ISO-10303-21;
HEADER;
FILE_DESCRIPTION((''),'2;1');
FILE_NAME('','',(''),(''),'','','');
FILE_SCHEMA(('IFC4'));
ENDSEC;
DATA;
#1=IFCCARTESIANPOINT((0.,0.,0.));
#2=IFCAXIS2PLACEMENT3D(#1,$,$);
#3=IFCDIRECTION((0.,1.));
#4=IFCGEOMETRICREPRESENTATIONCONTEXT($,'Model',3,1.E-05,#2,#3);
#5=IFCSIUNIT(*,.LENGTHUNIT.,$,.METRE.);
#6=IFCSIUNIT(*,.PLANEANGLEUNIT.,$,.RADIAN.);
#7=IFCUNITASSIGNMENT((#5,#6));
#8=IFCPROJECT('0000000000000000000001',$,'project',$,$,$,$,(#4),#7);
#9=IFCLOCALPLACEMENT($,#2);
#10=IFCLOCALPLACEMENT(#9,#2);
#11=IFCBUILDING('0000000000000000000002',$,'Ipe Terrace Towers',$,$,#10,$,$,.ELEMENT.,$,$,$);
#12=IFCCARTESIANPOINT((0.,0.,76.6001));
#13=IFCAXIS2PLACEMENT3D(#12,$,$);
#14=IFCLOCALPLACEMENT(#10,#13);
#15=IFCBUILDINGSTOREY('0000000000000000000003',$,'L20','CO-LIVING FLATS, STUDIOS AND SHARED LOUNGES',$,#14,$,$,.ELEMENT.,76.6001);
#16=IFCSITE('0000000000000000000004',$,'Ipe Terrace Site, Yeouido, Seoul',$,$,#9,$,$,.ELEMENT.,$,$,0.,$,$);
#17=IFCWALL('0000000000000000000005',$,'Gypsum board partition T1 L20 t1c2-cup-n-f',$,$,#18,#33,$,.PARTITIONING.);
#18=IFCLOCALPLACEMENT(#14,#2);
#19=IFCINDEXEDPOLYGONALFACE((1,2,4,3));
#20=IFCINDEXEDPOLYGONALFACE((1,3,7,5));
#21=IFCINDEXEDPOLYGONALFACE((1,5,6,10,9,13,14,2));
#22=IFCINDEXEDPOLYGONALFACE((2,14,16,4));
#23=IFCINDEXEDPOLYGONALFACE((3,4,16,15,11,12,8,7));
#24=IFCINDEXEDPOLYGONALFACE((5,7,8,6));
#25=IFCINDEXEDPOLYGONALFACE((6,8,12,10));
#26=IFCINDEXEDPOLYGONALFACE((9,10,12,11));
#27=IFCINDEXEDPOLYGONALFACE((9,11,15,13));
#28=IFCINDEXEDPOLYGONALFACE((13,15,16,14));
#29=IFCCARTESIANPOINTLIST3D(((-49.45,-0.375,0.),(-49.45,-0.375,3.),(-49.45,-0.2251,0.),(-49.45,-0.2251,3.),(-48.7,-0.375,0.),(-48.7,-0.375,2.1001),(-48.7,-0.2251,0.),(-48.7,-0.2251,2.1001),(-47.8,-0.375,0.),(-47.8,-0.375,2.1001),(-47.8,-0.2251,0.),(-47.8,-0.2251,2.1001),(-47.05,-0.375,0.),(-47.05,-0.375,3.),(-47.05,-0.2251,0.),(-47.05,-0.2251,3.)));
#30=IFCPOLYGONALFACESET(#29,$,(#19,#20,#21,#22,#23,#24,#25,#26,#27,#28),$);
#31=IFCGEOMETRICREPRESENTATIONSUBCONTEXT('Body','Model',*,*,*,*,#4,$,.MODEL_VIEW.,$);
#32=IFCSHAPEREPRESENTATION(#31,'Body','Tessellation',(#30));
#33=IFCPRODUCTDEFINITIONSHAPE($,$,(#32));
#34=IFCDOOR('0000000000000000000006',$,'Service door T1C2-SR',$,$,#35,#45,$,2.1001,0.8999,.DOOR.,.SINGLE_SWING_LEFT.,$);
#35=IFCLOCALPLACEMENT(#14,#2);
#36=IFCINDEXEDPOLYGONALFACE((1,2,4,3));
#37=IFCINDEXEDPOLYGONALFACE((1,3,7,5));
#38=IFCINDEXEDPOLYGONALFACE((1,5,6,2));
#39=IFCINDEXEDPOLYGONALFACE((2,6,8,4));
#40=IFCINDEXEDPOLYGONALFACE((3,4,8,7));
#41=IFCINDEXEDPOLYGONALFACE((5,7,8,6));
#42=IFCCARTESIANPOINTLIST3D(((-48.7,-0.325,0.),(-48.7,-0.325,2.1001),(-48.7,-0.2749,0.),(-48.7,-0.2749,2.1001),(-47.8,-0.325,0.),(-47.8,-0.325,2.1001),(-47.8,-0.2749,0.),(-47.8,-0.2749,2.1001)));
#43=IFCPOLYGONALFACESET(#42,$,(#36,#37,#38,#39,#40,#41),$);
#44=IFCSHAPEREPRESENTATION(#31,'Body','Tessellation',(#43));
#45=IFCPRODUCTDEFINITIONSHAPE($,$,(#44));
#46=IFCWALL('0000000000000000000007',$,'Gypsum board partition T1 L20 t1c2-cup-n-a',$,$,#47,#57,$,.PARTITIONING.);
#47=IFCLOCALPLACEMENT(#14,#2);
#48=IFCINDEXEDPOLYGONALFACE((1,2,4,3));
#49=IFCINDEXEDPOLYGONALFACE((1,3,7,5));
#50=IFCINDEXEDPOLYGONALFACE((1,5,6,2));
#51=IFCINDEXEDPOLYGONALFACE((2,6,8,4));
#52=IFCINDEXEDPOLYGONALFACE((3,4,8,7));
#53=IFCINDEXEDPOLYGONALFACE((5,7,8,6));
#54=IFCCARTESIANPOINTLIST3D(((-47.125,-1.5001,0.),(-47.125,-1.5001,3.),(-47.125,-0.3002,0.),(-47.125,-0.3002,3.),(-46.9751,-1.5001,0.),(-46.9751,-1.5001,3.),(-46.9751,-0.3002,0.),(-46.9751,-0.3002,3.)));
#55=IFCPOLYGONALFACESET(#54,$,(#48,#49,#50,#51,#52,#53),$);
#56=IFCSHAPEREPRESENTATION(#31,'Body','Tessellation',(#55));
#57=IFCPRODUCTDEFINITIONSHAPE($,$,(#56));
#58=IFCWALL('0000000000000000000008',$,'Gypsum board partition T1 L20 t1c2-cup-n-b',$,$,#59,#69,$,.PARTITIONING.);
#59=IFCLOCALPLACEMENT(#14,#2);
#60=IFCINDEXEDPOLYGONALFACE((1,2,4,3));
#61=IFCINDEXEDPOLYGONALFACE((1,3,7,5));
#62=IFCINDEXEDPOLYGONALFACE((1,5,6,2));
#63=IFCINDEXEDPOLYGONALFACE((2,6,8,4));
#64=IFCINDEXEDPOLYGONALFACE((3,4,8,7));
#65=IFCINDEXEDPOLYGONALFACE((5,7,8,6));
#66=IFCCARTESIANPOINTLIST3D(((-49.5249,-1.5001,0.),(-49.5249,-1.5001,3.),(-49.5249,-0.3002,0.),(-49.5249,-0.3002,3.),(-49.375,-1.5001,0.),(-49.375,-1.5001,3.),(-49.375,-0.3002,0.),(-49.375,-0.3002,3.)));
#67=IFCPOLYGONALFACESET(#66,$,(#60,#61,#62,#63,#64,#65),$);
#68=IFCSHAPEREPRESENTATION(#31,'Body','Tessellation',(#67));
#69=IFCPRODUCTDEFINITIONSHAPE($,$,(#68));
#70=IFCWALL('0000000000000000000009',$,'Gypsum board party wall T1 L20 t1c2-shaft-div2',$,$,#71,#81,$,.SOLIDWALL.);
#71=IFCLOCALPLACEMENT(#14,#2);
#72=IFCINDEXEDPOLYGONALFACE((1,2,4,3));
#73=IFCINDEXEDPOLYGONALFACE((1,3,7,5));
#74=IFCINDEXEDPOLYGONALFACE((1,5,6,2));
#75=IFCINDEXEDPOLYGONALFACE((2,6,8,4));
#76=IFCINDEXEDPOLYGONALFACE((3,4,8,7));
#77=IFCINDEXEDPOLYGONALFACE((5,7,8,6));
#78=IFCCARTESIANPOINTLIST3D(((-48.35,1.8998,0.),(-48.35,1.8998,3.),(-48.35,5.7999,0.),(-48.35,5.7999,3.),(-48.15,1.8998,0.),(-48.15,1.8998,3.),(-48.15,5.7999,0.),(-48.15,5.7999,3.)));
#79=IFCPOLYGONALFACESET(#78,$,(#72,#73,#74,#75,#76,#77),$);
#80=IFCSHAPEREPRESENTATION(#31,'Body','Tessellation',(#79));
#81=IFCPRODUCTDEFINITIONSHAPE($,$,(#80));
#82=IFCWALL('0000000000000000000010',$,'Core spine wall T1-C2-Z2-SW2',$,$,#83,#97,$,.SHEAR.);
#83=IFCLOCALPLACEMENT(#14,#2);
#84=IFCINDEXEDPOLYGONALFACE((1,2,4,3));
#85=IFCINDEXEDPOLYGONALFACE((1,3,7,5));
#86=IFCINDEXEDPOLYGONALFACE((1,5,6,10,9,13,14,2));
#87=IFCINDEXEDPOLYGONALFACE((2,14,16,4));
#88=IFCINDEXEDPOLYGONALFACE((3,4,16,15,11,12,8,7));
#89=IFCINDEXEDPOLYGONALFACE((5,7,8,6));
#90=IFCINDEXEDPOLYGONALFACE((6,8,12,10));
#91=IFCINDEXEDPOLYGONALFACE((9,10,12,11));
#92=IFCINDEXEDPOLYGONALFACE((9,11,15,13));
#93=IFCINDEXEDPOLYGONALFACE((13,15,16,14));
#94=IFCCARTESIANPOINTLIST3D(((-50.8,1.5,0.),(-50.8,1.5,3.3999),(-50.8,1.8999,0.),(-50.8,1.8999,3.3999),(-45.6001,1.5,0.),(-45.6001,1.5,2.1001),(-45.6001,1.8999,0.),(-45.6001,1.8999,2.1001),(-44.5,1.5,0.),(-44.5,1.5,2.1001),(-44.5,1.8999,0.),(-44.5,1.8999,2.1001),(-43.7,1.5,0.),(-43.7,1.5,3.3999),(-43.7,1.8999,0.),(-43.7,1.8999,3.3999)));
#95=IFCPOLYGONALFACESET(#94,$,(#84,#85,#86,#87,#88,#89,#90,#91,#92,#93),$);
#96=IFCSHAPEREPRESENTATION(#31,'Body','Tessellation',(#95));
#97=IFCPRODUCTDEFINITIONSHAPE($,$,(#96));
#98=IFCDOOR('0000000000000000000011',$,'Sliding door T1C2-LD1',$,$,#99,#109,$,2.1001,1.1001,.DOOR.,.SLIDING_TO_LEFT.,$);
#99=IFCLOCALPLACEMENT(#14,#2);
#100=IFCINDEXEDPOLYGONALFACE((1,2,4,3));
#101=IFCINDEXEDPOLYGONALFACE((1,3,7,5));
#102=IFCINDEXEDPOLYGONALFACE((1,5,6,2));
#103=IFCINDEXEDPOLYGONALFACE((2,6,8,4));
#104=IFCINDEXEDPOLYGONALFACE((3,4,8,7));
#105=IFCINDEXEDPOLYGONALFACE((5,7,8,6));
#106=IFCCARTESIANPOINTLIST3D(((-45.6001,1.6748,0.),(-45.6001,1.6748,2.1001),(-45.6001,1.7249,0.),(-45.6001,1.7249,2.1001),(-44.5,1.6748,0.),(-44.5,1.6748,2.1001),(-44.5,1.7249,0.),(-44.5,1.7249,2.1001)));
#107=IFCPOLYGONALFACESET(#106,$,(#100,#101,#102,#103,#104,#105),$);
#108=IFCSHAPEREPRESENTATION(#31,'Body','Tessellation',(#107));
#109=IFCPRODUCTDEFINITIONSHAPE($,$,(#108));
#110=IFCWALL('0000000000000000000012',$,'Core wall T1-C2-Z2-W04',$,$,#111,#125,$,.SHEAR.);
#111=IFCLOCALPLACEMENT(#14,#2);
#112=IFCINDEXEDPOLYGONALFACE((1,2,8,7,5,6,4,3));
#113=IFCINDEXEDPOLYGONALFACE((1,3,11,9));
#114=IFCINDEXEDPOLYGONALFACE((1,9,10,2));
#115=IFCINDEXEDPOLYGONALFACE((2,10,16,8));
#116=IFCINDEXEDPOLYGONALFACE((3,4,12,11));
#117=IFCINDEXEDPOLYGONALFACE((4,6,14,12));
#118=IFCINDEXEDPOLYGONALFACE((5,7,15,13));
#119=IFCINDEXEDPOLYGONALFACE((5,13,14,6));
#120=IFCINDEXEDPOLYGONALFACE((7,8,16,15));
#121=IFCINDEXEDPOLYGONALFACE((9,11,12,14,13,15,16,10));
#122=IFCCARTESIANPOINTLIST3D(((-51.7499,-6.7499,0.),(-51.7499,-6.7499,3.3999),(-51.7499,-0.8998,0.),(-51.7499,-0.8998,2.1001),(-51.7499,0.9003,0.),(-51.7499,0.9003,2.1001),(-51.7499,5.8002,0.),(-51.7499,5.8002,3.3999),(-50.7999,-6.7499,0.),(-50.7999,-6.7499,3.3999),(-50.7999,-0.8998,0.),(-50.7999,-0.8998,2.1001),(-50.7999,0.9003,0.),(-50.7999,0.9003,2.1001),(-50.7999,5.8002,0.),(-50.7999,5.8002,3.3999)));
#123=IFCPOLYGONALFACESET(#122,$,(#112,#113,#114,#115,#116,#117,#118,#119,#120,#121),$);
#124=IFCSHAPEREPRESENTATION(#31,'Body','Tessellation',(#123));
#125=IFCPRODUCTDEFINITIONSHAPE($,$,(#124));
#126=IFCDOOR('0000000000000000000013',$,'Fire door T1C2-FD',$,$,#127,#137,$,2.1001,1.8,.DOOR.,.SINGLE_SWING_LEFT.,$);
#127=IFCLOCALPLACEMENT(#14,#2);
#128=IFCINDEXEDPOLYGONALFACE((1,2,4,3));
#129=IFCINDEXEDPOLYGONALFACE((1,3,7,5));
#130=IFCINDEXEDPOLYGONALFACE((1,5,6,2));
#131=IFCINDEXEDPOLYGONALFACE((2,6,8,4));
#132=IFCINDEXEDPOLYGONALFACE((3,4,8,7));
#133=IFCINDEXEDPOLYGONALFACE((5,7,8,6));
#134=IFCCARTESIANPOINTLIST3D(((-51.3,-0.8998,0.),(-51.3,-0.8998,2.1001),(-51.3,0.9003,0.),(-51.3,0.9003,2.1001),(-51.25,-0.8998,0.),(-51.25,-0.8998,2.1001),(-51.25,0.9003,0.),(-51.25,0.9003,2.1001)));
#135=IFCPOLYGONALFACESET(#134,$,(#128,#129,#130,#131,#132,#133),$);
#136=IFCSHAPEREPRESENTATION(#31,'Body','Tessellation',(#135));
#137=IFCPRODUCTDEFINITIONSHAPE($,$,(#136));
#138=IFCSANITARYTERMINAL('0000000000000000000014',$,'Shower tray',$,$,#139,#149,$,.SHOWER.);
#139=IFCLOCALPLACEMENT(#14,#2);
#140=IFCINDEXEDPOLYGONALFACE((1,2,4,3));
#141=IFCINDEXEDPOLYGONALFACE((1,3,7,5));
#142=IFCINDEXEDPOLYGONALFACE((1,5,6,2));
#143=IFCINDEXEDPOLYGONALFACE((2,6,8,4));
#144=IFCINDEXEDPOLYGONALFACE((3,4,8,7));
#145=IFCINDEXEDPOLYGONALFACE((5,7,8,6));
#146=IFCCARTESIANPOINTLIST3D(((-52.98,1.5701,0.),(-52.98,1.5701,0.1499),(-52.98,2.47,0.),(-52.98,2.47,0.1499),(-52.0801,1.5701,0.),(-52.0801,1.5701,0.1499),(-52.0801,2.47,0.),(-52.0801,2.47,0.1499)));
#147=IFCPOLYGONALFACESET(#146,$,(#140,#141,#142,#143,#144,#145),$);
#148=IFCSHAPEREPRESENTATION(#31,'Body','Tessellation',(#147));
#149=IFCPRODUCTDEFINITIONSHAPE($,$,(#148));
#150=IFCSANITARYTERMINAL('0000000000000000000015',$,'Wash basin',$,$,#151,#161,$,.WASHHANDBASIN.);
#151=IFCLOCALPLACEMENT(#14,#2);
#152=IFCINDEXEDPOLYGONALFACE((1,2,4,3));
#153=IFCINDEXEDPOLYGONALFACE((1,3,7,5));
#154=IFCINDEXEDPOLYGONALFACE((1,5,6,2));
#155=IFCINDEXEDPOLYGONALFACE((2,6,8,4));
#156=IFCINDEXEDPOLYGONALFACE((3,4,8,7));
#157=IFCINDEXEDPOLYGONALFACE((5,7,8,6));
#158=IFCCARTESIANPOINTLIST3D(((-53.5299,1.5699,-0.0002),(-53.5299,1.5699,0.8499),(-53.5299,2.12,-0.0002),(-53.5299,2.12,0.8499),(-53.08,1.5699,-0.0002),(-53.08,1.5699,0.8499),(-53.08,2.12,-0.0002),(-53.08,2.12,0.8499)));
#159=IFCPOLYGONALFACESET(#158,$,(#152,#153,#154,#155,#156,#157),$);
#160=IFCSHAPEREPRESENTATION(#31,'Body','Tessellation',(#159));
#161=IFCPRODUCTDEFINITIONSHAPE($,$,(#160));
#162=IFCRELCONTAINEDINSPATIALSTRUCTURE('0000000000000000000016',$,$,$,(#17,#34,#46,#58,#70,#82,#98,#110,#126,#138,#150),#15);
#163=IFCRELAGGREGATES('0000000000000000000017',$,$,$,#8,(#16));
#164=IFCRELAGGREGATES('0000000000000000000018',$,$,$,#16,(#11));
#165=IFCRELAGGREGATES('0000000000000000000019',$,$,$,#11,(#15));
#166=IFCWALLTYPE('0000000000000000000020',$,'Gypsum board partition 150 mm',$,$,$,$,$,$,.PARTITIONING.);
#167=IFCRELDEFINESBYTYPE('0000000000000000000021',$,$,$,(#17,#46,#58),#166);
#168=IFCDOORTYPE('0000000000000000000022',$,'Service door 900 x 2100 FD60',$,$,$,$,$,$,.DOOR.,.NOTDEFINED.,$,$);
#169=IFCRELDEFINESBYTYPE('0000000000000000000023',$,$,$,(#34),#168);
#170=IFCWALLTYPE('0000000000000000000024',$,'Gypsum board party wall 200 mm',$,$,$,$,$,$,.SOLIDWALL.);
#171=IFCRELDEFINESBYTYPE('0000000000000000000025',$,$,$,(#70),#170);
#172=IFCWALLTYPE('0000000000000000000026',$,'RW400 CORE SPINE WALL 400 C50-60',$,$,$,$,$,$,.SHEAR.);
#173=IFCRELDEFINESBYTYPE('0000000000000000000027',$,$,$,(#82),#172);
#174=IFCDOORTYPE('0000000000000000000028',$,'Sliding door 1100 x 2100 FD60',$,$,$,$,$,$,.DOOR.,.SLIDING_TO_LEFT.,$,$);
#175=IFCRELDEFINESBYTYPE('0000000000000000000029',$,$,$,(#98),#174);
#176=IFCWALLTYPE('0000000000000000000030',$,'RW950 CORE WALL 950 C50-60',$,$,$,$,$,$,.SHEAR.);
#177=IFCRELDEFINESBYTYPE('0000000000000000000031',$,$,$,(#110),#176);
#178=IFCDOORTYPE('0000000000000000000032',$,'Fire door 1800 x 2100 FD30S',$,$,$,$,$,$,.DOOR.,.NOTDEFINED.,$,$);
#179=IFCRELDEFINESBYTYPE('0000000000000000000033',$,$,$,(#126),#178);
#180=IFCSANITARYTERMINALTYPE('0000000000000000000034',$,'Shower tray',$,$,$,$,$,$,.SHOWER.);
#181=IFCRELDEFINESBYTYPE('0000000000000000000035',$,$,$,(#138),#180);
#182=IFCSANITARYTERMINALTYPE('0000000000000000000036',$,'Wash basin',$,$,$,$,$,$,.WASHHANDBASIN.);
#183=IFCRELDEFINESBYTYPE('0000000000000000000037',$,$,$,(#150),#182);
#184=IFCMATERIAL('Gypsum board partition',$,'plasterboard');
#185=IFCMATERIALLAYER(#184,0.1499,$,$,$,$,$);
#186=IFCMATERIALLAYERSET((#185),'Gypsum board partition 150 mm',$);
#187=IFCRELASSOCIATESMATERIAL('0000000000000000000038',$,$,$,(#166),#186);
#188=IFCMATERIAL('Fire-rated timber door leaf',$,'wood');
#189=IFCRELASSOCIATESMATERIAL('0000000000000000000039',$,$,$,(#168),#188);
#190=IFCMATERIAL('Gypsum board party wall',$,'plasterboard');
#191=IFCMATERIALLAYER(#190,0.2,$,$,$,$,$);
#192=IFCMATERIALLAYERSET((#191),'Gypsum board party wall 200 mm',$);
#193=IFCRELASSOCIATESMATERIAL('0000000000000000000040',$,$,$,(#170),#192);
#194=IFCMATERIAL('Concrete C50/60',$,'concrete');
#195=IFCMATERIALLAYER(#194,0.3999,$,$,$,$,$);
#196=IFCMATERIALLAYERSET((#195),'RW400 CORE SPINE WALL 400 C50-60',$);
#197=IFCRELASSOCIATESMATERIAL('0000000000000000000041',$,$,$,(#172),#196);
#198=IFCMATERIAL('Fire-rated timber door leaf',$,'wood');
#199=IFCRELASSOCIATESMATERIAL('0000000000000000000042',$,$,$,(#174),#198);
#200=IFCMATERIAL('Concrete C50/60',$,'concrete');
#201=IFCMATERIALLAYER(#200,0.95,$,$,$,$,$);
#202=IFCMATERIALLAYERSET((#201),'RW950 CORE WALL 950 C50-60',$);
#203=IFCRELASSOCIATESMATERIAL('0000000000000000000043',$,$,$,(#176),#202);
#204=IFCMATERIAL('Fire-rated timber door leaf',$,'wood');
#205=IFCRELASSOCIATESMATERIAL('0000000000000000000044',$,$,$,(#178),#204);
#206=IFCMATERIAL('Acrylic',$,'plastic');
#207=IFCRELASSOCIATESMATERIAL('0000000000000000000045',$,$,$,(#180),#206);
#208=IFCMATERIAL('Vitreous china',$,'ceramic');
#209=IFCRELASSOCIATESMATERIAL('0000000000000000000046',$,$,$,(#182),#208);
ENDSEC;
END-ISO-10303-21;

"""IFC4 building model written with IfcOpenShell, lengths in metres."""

from ifc_helpers import new_model, si_unit, direction, frame, frame_2d, origin, origin_2d, place, context, subcontext, project, spatial, rectangle, extrude, material, layer, layer_set, type_object, element, fill, save


model = new_model("IFC4")

# Units and contexts
model_context = context("Model", 3, precision=1e-05, world=origin(), true_north=direction((0.0, 1.0)))
body_context = subcontext(model_context, "Body", "Model", "MODEL_VIEW")
ifc_project = project(units=[si_unit("LENGTHUNIT", "METRE"), si_unit("PLANEANGLEUNIT", "RADIAN")], contexts=[model_context])

# Site, building, storey
site_placement = place(None, origin())
site = spatial("IfcSite", under=ifc_project, at=site_placement, Name="Ipe Terrace Site, Yeouido, Seoul", CompositionType="ELEMENT", RefElevation=0.0)
building_placement = place(site_placement, origin())
building = spatial("IfcBuilding", under=site, at=building_placement, Name="Ipe Terrace Towers", CompositionType="ELEMENT")
storey_placement = place(building_placement, frame((0.0, 0.0, 76.6001)))
storey = spatial("IfcBuildingStorey", under=building, at=storey_placement, Name="L20", Description="CO-LIVING FLATS, STUDIOS AND SHARED LOUNGES", CompositionType="ELEMENT", Elevation=76.6001)

# Wall, opening, door
ifc_material_1 = material(Name="Gypsum board partition", Category="plasterboard")
ifc_layer_1 = layer(ifc_material_1, 0.1499)
ifc_layer_set_1 = layer_set([ifc_layer_1], Name="Gypsum board partition 150 mm")
wall_type_1 = type_object("IfcWallType", Name="Gypsum board partition 150 mm", PredefinedType="PARTITIONING", material=ifc_layer_set_1)
wall_1_placement = place(storey_placement, frame((-47.05, -0.3, 0.0), z_axis=(0.0, 0.0, 1.0), x_axis=(-1.0, 0.0, 0.0)))
wall_1 = element("IfcWall", 1, at=wall_1_placement, inside=storey, type_object=wall_type_1, Name="Gypsum board partition T1 L20 t1c2-cup-n-f", PredefinedType="PARTITIONING", context=body_context, shape_type="SweptSolid", body=[
    extrude(rectangle(XDim=2.3999, YDim=0.1499, at=frame_2d((1.2, 0.0))), origin(), (0.0, 0.0, 1.0), 3.0),
])
opening_1_placement = place(wall_1_placement, frame((0.75, 0.0, 0.0)))
opening_1 = element("IfcOpeningElement", 2, at=opening_1_placement, cuts=wall_1, PredefinedType="OPENING", context=body_context, shape_type="SweptSolid", body=[
    extrude(rectangle(XDim=0.8999, YDim=2.1001, at=frame_2d((0.45, 1.05))), frame((0.0, 0.085, 0.0), z_axis=(0.0, -1.0, 0.0), x_axis=(1.0, 0.0, 0.0)), (0.0, 0.0, 1.0), 0.1699),
])
ifc_material_2 = material(Name="Fire-rated timber door leaf", Category="wood")
door_type_1 = type_object("IfcDoorType", Name="Service door 900 x 2100 FD60", OperationType="NOTDEFINED", PredefinedType="DOOR", material=ifc_material_2)
door_1_placement = place(opening_1_placement, origin())
door_1 = element("IfcDoor", 3, at=door_1_placement, inside=storey, type_object=door_type_1, Name="Service door T1C2-SR", OperationType="SINGLE_SWING_LEFT", OverallHeight=2.1001, OverallWidth=0.8999, PredefinedType="DOOR", context=body_context, shape_type="SweptSolid", body=[
    extrude(rectangle(XDim=0.8999, YDim=2.1001, at=frame_2d((0.45, 1.05))), frame((0.0, 0.0249, 0.0), z_axis=(0.0, -1.0, 0.0), x_axis=(1.0, 0.0, 0.0)), (0.0, 0.0, 1.0), 0.05),
])
fill(opening_1, door_1)

# Walls
for number, where, z_axis, x_axis, name in (
    (4, (-47.05, -0.3, 0.0), (0.0, 0.0, 1.0), (0.0, -1.0, 0.0), "Gypsum board partition T1 L20 t1c2-cup-n-a"),
    (5, (-49.45, -0.3, 0.0), (0.0, 0.0, 1.0), (0.0, -1.0, 0.0), "Gypsum board partition T1 L20 t1c2-cup-n-b"),
):
    element("IfcWall", number, at=place(storey_placement, frame(where, z_axis=z_axis, x_axis=x_axis)), inside=storey, type_object=wall_type_1, Name=name, PredefinedType="PARTITIONING", context=body_context, shape_type="SweptSolid", body=[
        extrude(rectangle(XDim=1.2, YDim=0.1499, at=frame_2d((0.6001, 0.0))), origin(), (0.0, 0.0, 1.0), 3.0),
    ])
ifc_material_3 = material(Name="Gypsum board party wall", Category="plasterboard")
ifc_layer_2 = layer(ifc_material_3, 0.2)
ifc_layer_set_2 = layer_set([ifc_layer_2], Name="Gypsum board party wall 200 mm")
wall_type_2 = type_object("IfcWallType", Name="Gypsum board party wall 200 mm", PredefinedType="SOLIDWALL", material=ifc_layer_set_2)
wall_2_placement = place(storey_placement, frame((-48.25, 5.8, 0.0), z_axis=(0.0, 0.0, 1.0), x_axis=(0.0, -1.0, 0.0)))
element("IfcWall", 6, at=wall_2_placement, inside=storey, type_object=wall_type_2, Name="Gypsum board party wall T1 L20 t1c2-shaft-div2", PredefinedType="SOLIDWALL", context=body_context, shape_type="SweptSolid", body=[
    extrude(rectangle(XDim=3.9001, YDim=0.2, at=frame_2d((1.9502, 0.0))), origin(), (0.0, 0.0, 1.0), 3.0),
])

# Walls, openings, doors
ifc_material_4 = material(Name="Concrete C50/60", Category="concrete")
ifc_layer_3 = layer(ifc_material_4, 0.3999)
ifc_layer_set_3 = layer_set([ifc_layer_3], Name="RW400 CORE SPINE WALL 400 C50-60")
wall_type_3 = type_object("IfcWallType", Name="RW400 CORE SPINE WALL 400 C50-60", PredefinedType="SHEAR", material=ifc_layer_set_3)
wall_3_placement = place(storey_placement, frame((-50.8, 1.7, 0.0), z_axis=(0.0, 0.0, 1.0), x_axis=(1.0, 0.0, 0.0)))
wall_3 = element("IfcWall", 7, at=wall_3_placement, inside=storey, type_object=wall_type_3, Name="Core spine wall T1-C2-Z2-SW2", PredefinedType="SHEAR", context=body_context, shape_type="SweptSolid", body=[
    extrude(rectangle(XDim=7.1001, YDim=0.3999, at=frame_2d((3.55, 0.0))), origin(), (0.0, 0.0, 1.0), 3.3999),
])
opening_2_placement = place(wall_3_placement, frame((5.2, 0.0, 0.0)))
opening_2 = element("IfcOpeningElement", 8, at=opening_2_placement, cuts=wall_3, PredefinedType="OPENING", context=body_context, shape_type="SweptSolid", body=[
    extrude(rectangle(XDim=1.1001, YDim=2.1001, at=frame_2d((0.55, 1.05))), frame((0.0, 0.21, 0.0), z_axis=(0.0, -1.0, 0.0), x_axis=(1.0, 0.0, 0.0)), (0.0, 0.0, 1.0), 0.4199),
])
ifc_material_5 = material(Name="Fire-rated timber door leaf", Category="wood")
door_type_2 = type_object("IfcDoorType", Name="Sliding door 1100 x 2100 FD60", OperationType="SLIDING_TO_LEFT", PredefinedType="DOOR", material=ifc_material_5)
door_2_placement = place(opening_2_placement, origin())
door_2 = element("IfcDoor", 9, at=door_2_placement, inside=storey, type_object=door_type_2, Name="Sliding door T1C2-LD1", OperationType="SLIDING_TO_LEFT", OverallHeight=2.1001, OverallWidth=1.1001, PredefinedType="DOOR", context=body_context, shape_type="SweptSolid", body=[
    extrude(rectangle(XDim=1.1001, YDim=2.1001, at=frame_2d((0.55, 1.05))), frame((0.0, 0.0249, 0.0), z_axis=(0.0, -1.0, 0.0), x_axis=(1.0, 0.0, 0.0)), (0.0, 0.0, 1.0), 0.05),
])
fill(opening_2, door_2)
ifc_material_6 = material(Name="Concrete C50/60", Category="concrete")
ifc_layer_4 = layer(ifc_material_6, 0.95)
ifc_layer_set_4 = layer_set([ifc_layer_4], Name="RW950 CORE WALL 950 C50-60")
wall_type_4 = type_object("IfcWallType", Name="RW950 CORE WALL 950 C50-60", PredefinedType="SHEAR", material=ifc_layer_set_4)
wall_4_placement = place(storey_placement, frame((-51.2749, 5.8, 0.0), z_axis=(0.0, 0.0, 1.0), x_axis=(0.0, -1.0, 0.0)))
wall_4 = element("IfcWall", 10, at=wall_4_placement, inside=storey, type_object=wall_type_4, Name="Core wall T1-C2-Z2-W04", PredefinedType="SHEAR", context=body_context, shape_type="SweptSolid", body=[
    extrude(rectangle(XDim=12.55, YDim=0.95, at=frame_2d((6.2749, 0.0))), origin(), (0.0, 0.0, 1.0), 3.3999),
])
opening_3_placement = place(wall_4_placement, frame((4.8999, 0.0, 0.0)))
opening_3 = element("IfcOpeningElement", 11, at=opening_3_placement, cuts=wall_4, PredefinedType="OPENING", context=body_context, shape_type="SweptSolid", body=[
    extrude(rectangle(XDim=1.8, YDim=2.1001, at=frame_2d((0.8999, 1.05))), frame((0.0, 0.4849, 0.0), z_axis=(0.0, -1.0, 0.0), x_axis=(1.0, 0.0, 0.0)), (0.0, 0.0, 1.0), 0.97),
])
ifc_material_7 = material(Name="Fire-rated timber door leaf", Category="wood")
door_type_3 = type_object("IfcDoorType", Name="Fire door 1800 x 2100 FD30S", OperationType="NOTDEFINED", PredefinedType="DOOR", material=ifc_material_7)
door_3_placement = place(opening_3_placement, origin())
door_3 = element("IfcDoor", 12, at=door_3_placement, inside=storey, type_object=door_type_3, Name="Fire door T1C2-FD", OperationType="SINGLE_SWING_LEFT", OverallHeight=2.1001, OverallWidth=1.8, PredefinedType="DOOR", context=body_context, shape_type="SweptSolid", body=[
    extrude(rectangle(XDim=1.8, YDim=2.1001, at=frame_2d((0.8999, 1.05))), frame((0.0, 0.0249, 0.0), z_axis=(0.0, -1.0, 0.0), x_axis=(1.0, 0.0, 0.0)), (0.0, 0.0, 1.0), 0.05),
])
fill(opening_3, door_3)

# Sanitary terminals
ifc_material_8 = material(Name="Acrylic", Category="plastic")
sanitary_terminal_type_1 = type_object("IfcSanitaryTerminalType", Name="Shower tray", PredefinedType="SHOWER", material=ifc_material_8)
sanitary_terminal_1_placement = place(storey_placement, frame((-52.53, 2.02, 0.0), z_axis=(0.0, 0.0, 1.0), x_axis=(0.0, 1.0, 0.0)))
element("IfcSanitaryTerminal", 13, at=sanitary_terminal_1_placement, inside=storey, type_object=sanitary_terminal_type_1, Name="Shower tray", PredefinedType="SHOWER", context=body_context, shape_type="SweptSolid", body=[
    extrude(rectangle(XDim=0.8999, YDim=0.8999, at=origin_2d()), origin(), (0.0, 0.0, 1.0), 0.1499),
])
ifc_material_9 = material(Name="Vitreous china", Category="ceramic")
sanitary_terminal_type_2 = type_object("IfcSanitaryTerminalType", Name="Wash basin", PredefinedType="WASHHANDBASIN", material=ifc_material_9)
sanitary_terminal_2_placement = place(storey_placement, frame((-53.3049, 1.845, -0.0002), z_axis=(0.0, 0.0, 1.0), x_axis=(0.0, 1.0, 0.0)))
element("IfcSanitaryTerminal", 14, at=sanitary_terminal_2_placement, inside=storey, type_object=sanitary_terminal_type_2, Name="Wash basin", PredefinedType="WASHHANDBASIN", context=body_context, shape_type="SweptSolid", body=[
    extrude(rectangle(XDim=0.55, YDim=0.45, at=origin_2d()), origin(), (0.0, 0.0, 1.0), 0.8501),
])

save(model, "model.ifc")
